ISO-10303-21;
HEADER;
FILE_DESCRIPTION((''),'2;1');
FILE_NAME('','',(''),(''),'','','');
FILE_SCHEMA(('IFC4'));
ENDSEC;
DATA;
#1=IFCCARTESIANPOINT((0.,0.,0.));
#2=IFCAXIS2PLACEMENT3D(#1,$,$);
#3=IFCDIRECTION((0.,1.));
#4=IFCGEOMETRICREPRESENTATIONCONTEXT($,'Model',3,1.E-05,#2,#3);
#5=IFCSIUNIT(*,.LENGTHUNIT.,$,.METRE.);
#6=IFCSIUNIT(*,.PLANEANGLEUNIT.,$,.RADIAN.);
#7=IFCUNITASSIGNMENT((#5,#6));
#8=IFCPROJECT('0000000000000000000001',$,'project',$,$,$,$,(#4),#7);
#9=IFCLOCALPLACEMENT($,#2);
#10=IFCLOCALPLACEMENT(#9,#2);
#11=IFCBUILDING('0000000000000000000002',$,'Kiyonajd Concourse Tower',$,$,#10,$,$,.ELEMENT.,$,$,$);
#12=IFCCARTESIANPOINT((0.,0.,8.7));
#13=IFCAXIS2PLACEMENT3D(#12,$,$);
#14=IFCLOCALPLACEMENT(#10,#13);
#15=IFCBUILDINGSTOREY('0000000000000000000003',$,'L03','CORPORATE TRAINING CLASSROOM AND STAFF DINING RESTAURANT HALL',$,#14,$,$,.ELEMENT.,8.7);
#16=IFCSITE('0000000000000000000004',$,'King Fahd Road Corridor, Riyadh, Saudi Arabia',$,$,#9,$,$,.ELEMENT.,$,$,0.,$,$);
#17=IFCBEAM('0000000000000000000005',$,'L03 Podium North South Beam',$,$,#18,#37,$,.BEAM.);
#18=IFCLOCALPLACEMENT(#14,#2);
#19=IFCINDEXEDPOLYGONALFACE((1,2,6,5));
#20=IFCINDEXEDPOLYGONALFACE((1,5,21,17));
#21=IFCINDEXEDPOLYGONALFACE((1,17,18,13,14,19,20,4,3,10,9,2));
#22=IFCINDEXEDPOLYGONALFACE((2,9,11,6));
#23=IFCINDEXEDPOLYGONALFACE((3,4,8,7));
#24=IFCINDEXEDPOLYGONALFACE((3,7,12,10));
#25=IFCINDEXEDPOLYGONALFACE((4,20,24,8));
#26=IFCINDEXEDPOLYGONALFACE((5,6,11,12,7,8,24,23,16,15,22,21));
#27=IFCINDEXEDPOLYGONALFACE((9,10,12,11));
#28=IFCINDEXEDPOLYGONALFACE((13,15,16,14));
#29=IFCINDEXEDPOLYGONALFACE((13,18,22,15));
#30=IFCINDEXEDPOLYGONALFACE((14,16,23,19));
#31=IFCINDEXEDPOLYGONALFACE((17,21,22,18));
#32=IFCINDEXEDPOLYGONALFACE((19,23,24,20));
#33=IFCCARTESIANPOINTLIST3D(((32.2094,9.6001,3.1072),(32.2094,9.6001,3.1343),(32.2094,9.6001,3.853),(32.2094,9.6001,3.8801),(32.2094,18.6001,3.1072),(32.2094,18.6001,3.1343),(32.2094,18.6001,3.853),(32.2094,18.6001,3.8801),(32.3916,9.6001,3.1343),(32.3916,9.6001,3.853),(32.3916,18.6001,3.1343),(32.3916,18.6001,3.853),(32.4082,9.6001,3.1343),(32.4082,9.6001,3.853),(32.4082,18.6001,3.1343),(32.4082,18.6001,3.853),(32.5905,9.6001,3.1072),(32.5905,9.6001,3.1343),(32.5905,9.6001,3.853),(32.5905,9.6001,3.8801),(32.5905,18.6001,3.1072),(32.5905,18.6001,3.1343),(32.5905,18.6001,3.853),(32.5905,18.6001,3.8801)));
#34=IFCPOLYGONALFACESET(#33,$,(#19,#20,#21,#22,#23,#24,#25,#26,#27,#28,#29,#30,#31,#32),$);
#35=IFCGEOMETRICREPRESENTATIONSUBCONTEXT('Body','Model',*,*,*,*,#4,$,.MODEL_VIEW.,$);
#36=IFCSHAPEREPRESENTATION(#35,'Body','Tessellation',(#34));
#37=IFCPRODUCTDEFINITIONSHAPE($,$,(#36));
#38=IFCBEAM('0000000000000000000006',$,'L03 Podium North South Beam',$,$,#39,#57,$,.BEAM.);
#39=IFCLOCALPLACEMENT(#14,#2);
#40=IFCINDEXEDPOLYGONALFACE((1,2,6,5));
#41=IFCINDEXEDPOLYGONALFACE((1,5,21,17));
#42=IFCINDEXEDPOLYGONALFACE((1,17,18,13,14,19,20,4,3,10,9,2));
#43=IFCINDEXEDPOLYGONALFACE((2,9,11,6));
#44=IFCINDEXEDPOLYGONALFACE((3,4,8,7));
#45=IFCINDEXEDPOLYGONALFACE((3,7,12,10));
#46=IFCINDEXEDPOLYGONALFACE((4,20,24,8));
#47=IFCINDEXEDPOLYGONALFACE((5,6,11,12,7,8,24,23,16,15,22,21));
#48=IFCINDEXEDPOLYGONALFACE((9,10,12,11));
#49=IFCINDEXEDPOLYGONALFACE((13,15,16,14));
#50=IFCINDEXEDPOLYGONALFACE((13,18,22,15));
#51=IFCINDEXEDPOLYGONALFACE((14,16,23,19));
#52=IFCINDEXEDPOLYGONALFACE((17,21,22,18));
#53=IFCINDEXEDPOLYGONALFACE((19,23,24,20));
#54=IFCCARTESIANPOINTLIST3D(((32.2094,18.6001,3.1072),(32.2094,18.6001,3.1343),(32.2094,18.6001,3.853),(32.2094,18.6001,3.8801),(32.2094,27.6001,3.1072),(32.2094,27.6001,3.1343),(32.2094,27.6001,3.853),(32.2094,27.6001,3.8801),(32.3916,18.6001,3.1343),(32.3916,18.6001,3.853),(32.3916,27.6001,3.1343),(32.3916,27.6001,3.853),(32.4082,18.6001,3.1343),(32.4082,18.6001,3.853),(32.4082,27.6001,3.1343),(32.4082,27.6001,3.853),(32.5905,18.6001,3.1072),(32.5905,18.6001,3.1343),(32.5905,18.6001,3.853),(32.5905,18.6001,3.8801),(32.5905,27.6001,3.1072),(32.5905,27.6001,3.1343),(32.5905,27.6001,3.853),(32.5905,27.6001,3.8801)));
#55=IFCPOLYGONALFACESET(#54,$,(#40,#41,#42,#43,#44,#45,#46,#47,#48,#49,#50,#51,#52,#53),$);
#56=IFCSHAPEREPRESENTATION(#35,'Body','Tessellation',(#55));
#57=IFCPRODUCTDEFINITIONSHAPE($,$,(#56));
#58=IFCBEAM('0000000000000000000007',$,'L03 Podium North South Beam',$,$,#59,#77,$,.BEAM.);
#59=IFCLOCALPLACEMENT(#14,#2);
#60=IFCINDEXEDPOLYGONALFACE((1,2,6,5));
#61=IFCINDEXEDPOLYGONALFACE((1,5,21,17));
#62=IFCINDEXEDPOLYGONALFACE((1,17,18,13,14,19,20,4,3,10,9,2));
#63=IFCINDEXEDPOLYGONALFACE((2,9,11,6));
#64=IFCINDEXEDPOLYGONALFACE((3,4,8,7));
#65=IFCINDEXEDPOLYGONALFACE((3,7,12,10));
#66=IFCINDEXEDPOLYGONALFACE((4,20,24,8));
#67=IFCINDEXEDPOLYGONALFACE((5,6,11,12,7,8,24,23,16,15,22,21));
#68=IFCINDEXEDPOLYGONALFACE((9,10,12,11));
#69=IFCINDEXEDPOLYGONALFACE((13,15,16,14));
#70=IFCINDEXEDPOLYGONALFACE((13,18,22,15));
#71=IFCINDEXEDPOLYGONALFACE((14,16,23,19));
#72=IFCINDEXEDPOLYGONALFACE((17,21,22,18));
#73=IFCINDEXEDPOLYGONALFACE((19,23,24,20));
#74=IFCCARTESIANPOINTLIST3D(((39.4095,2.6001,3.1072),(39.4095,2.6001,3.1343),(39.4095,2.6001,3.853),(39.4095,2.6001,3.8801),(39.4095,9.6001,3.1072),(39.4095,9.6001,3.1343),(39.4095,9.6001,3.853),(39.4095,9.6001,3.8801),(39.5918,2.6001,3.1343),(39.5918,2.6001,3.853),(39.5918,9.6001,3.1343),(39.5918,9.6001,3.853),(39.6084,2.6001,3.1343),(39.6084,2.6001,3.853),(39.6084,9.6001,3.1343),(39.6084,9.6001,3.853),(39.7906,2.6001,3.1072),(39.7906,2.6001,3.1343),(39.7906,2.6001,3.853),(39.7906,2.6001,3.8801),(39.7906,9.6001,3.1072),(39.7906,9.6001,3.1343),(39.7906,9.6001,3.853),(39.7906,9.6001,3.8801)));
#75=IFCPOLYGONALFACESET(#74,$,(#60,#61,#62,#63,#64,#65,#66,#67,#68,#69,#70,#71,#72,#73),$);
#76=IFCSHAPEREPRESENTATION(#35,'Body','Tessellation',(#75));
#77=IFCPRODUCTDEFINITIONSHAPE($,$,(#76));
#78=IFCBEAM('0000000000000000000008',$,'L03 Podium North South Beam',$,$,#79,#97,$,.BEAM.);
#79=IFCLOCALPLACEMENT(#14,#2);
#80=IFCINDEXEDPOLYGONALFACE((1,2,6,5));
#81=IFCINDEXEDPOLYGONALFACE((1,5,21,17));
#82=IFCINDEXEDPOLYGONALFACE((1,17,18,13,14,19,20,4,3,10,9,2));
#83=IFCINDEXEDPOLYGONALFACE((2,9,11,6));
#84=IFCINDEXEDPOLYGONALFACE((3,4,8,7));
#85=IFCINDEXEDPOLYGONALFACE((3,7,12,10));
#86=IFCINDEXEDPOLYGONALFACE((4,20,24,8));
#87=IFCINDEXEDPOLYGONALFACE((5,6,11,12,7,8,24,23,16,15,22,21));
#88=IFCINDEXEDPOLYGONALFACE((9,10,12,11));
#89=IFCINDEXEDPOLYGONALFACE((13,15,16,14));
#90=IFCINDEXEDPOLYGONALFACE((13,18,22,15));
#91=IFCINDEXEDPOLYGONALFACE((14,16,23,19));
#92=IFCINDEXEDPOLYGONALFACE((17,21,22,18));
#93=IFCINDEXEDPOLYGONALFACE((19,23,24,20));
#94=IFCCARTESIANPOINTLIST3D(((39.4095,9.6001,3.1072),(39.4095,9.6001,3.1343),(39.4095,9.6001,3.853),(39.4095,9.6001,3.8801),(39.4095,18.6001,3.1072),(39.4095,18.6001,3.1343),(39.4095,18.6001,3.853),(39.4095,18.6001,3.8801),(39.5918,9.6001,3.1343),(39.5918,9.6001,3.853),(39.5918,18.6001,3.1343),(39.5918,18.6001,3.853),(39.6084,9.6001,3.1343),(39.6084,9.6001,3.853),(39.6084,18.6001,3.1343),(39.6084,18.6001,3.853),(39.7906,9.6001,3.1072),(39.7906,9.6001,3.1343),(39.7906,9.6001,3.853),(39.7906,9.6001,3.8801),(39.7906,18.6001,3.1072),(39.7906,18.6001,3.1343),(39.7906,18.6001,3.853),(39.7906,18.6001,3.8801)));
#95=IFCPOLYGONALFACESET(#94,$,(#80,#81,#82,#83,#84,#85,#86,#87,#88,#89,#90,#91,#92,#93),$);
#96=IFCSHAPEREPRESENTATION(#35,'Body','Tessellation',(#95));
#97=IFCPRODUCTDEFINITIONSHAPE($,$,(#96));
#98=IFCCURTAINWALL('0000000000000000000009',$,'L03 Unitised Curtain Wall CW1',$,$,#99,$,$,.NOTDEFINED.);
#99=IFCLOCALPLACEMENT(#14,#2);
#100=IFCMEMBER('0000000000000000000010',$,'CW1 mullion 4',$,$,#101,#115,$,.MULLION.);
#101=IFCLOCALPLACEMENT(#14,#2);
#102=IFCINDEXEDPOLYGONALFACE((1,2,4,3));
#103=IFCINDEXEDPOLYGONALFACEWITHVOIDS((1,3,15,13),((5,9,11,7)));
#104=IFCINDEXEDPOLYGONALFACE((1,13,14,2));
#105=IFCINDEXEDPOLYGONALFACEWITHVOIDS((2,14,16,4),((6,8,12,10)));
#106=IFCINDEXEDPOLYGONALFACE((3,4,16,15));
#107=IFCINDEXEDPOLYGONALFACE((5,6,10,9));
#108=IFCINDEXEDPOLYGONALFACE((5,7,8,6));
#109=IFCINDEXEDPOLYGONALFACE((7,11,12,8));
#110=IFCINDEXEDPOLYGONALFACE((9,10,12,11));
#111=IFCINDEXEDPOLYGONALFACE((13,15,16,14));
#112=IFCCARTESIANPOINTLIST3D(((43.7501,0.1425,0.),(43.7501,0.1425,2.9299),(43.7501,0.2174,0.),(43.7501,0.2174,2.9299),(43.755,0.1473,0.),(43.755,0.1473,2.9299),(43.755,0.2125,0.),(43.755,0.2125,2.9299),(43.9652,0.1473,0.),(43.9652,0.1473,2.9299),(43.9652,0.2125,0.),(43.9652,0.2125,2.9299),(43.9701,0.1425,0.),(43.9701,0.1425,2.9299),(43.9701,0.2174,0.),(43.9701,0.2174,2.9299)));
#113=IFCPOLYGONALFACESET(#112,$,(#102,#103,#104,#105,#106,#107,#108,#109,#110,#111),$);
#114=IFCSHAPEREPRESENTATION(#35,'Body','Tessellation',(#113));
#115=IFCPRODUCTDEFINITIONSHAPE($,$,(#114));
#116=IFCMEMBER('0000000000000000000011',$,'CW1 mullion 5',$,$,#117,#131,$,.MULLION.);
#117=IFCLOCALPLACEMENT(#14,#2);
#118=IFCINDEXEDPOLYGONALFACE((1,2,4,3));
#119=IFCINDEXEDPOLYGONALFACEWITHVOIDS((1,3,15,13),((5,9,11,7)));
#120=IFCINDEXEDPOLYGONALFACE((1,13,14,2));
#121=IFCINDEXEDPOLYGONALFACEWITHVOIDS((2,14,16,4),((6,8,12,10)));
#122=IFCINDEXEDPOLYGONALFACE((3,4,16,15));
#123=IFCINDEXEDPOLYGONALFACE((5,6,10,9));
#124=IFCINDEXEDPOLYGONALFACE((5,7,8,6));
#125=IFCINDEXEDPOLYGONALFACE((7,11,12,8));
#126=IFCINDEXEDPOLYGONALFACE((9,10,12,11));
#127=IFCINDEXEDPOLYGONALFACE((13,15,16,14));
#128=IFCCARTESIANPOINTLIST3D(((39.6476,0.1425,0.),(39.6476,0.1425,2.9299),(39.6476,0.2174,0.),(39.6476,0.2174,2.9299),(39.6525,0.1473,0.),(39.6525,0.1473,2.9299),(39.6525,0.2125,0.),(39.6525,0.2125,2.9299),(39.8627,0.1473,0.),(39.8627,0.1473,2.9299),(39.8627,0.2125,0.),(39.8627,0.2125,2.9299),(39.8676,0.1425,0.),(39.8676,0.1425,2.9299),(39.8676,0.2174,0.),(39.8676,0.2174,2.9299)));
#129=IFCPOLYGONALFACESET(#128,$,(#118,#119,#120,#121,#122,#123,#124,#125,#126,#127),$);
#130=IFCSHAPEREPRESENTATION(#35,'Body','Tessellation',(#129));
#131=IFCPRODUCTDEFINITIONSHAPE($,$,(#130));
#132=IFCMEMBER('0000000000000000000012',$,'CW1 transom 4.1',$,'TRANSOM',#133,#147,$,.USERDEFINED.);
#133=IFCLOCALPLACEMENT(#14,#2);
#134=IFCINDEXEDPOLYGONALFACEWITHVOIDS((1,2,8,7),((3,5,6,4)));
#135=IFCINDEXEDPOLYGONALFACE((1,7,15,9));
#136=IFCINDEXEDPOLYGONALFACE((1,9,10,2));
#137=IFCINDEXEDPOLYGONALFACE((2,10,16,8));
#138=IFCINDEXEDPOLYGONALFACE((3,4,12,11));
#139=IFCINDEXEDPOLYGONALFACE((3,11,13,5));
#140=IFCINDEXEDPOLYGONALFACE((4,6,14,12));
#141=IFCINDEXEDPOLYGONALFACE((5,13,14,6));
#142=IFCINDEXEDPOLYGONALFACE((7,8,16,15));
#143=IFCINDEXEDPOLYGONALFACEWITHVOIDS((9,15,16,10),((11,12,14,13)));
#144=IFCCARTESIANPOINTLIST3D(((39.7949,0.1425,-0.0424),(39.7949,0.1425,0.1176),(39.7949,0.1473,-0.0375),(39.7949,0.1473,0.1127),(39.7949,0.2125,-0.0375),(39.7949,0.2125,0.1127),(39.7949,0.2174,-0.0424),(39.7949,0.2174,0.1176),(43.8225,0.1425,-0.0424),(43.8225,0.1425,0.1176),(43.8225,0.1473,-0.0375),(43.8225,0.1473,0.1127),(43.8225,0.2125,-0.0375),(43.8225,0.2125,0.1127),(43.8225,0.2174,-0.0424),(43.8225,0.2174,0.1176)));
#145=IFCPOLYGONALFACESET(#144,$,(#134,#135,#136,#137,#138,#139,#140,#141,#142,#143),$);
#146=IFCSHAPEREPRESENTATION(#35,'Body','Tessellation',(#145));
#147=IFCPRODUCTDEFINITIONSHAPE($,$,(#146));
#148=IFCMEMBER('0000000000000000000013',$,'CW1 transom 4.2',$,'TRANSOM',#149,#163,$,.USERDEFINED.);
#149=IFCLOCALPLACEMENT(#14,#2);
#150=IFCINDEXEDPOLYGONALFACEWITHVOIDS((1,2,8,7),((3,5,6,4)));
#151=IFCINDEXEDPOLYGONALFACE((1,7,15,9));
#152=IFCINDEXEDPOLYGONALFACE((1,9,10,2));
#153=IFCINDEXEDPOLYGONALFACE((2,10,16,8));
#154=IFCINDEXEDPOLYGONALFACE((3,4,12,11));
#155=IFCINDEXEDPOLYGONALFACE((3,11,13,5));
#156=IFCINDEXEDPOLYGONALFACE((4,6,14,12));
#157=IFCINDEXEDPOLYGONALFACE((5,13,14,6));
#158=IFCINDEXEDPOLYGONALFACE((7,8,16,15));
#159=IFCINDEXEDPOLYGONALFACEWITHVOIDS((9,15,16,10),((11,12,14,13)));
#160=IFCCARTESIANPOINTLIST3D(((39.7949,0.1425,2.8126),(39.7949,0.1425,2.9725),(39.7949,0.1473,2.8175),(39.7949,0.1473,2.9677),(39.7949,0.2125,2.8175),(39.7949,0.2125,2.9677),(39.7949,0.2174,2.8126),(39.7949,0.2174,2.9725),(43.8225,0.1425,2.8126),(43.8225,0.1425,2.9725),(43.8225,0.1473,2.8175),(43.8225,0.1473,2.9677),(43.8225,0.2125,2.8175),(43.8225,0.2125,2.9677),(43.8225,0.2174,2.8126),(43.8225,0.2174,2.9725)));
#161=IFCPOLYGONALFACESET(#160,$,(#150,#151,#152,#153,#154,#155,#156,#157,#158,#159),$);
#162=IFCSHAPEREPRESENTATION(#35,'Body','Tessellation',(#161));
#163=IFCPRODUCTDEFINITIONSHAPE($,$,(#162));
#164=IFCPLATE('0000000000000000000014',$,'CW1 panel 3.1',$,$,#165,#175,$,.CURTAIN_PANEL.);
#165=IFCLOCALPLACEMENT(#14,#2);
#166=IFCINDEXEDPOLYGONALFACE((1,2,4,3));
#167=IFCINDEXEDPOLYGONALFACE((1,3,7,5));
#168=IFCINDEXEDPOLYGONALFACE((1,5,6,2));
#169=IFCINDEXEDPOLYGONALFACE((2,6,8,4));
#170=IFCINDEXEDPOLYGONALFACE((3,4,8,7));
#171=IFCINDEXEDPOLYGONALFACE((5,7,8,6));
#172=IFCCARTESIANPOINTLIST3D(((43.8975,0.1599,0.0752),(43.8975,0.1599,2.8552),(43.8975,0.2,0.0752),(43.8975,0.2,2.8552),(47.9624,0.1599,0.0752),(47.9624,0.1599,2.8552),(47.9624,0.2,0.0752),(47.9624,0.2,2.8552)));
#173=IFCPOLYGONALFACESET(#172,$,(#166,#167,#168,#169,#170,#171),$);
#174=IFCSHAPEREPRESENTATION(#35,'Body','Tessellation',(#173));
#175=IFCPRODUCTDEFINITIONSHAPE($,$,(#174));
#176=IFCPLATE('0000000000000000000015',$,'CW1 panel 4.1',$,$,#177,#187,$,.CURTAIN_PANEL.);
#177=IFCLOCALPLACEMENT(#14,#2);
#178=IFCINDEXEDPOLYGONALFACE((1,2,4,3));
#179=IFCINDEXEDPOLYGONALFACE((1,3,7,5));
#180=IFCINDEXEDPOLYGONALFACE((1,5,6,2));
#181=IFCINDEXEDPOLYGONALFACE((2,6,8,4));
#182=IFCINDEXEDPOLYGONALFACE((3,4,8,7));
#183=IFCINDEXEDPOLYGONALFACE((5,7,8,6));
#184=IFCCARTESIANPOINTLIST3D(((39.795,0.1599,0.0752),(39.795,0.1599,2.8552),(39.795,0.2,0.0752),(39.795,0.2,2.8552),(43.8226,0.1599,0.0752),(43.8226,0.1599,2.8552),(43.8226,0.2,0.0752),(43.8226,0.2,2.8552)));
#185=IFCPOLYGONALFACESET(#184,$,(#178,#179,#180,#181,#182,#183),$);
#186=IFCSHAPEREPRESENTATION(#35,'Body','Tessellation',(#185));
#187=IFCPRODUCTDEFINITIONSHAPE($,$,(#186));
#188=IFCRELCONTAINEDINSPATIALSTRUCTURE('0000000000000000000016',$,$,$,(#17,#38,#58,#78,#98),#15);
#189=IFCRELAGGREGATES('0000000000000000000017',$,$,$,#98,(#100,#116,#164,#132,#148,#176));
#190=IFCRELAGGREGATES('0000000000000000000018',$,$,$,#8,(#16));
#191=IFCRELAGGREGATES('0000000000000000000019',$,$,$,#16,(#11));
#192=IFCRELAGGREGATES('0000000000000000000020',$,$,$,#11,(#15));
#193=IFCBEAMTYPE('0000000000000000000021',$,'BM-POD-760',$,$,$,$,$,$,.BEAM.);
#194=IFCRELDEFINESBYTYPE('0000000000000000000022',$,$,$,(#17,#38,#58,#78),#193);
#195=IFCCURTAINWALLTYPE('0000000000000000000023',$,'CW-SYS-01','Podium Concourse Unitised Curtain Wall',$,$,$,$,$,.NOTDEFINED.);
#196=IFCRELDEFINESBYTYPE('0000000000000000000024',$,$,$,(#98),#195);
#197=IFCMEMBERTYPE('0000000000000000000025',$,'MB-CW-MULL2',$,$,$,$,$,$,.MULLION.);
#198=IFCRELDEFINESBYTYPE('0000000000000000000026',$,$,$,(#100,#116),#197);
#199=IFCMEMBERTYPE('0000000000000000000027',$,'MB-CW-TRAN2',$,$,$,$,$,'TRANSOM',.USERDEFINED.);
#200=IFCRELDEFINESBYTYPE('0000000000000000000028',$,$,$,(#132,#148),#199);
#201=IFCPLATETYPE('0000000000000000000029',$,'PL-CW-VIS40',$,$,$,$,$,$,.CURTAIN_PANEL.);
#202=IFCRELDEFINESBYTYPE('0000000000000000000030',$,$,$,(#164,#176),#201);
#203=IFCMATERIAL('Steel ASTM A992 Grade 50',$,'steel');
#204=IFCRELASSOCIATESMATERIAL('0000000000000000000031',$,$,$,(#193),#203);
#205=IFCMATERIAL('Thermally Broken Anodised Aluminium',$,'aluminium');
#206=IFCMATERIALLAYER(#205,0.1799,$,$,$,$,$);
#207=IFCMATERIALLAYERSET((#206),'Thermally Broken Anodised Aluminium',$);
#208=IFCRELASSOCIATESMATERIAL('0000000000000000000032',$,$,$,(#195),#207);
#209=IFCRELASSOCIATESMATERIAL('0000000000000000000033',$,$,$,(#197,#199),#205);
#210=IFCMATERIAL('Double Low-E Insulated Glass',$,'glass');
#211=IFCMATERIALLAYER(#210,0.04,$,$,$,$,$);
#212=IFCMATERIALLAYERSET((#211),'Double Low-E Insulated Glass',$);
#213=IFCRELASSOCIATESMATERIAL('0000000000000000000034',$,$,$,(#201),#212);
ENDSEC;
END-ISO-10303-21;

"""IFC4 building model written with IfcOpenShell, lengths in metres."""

from ifc_helpers import new_model, si_unit, direction, frame, origin, origin_2d, place, context, subcontext, project, spatial, rectangle, hollow_rectangle, i_section, extrude, material, layer, layer_set, material_profile, profile_set, type_object, element, aggregate, save


model = new_model("IFC4")

# Units and contexts
model_context = context("Model", 3, precision=1e-05, world=origin(), true_north=direction((0.0, 1.0)))
body_context = subcontext(model_context, "Body", "Model", "MODEL_VIEW")
ifc_project = project(units=[si_unit("LENGTHUNIT", "METRE"), si_unit("PLANEANGLEUNIT", "RADIAN")], contexts=[model_context])

# Site, building, storey
site_placement = place(None, origin())
site = spatial("IfcSite", under=ifc_project, at=site_placement, Name="King Fahd Road Corridor, Riyadh, Saudi Arabia", CompositionType="ELEMENT", RefElevation=0.0)
building_placement = place(site_placement, origin())
building = spatial("IfcBuilding", under=site, at=building_placement, Name="Kiyonajd Concourse Tower", CompositionType="ELEMENT")
storey_placement = place(building_placement, frame((0.0, 0.0, 8.7)))
storey = spatial("IfcBuildingStorey", under=building, at=storey_placement, Name="L03", Description="CORPORATE TRAINING CLASSROOM AND STAFF DINING RESTAURANT HALL", CompositionType="ELEMENT", Elevation=8.7)

# Beams
ifc_material_1 = material(Name="Steel ASTM A992 Grade 50", Category="steel")
ifc_material_profile_1 = material_profile(ifc_material_1, i_section(OverallWidth=0.3811, OverallDepth=0.7729, WebThickness=0.0166, FlangeThickness=0.0271, at=origin_2d()), Name="W760X257")
ifc_profile_set_1 = profile_set([ifc_material_profile_1], Name="Steel ASTM A992 Grade 50")
beam_type_1 = type_object("IfcBeamType", Name="BM-POD-760", PredefinedType="BEAM", material=ifc_profile_set_1)
for number, where, z_axis, x_axis, name in (
    (1, (32.3999, 9.6001, 3.4937), (0.0, 1.0, 0.0), (-1.0, 0.0, 0.0), "L03 Podium North South Beam"),
    (2, (32.3999, 18.6001, 3.4937), (0.0, 1.0, 0.0), (-1.0, 0.0, 0.0), "L03 Podium North South Beam"),
):
    element("IfcBeam", number, at=place(storey_placement, frame(where, z_axis=z_axis, x_axis=x_axis)), inside=storey, type_object=beam_type_1, Name=name, PredefinedType="BEAM", context=body_context, shape_type="SweptSolid", body=[
        extrude(i_section(OverallWidth=0.3811, OverallDepth=0.7729, WebThickness=0.0166, FlangeThickness=0.0271, at=origin_2d()), origin(), (0.0, 0.0, 1.0), 9.0),
    ])
beam_1_placement = place(storey_placement, frame((39.6001, 2.6001, 3.4937), z_axis=(0.0, 1.0, 0.0), x_axis=(-1.0, 0.0, 0.0)))
element("IfcBeam", 3, at=beam_1_placement, inside=storey, type_object=beam_type_1, Name="L03 Podium North South Beam", PredefinedType="BEAM", context=body_context, shape_type="SweptSolid", body=[
    extrude(i_section(OverallWidth=0.3811, OverallDepth=0.7729, WebThickness=0.0166, FlangeThickness=0.0271, at=origin_2d()), origin(), (0.0, 0.0, 1.0), 7.0),
])
beam_2_placement = place(storey_placement, frame((39.6001, 9.6001, 3.4937), z_axis=(0.0, 1.0, 0.0), x_axis=(-1.0, 0.0, 0.0)))
element("IfcBeam", 4, at=beam_2_placement, inside=storey, type_object=beam_type_1, Name="L03 Podium North South Beam", PredefinedType="BEAM", context=body_context, shape_type="SweptSolid", body=[
    extrude(i_section(OverallWidth=0.3811, OverallDepth=0.7729, WebThickness=0.0166, FlangeThickness=0.0271, at=origin_2d()), origin(), (0.0, 0.0, 1.0), 9.0),
])

# Curtain wall, members, plates
ifc_material_2 = material(Name="Thermally Broken Anodised Aluminium", Category="aluminium")
ifc_layer_1 = layer(ifc_material_2, 0.1799)
ifc_layer_set_1 = layer_set([ifc_layer_1], Name="Thermally Broken Anodised Aluminium")
curtain_wall_type = type_object("IfcCurtainWallType", Name="CW-SYS-01", Description="Podium Concourse Unitised Curtain Wall", PredefinedType="NOTDEFINED", material=ifc_layer_set_1)
curtain_wall_placement = place(storey_placement, origin())
curtain_wall = element("IfcCurtainWall", 5, at=curtain_wall_placement, inside=storey, type_object=curtain_wall_type, Name="L03 Unitised Curtain Wall CW1", PredefinedType="NOTDEFINED")
ifc_material_profile_2 = material_profile(ifc_material_2, hollow_rectangle(XDim=0.075, YDim=0.22, WallThickness=0.0049, at=origin_2d()), Name="MULL-75x220")
ifc_profile_set_2 = profile_set([ifc_material_profile_2], Name="Thermally Broken Anodised Aluminium")
member_type_1 = type_object("IfcMemberType", Name="MB-CW-MULL2", PredefinedType="MULLION", material=ifc_profile_set_2)
member_1_placement = place(storey_placement, frame((43.8601, 0.1799, 0.0), z_axis=(0.0, 0.0, 1.0), x_axis=(0.0, -1.0, 0.0)))
member_1 = element("IfcMember", 6, at=member_1_placement, type_object=member_type_1, Name="CW1 mullion 4", PredefinedType="MULLION", context=body_context, shape_type="SweptSolid", body=[
    extrude(hollow_rectangle(XDim=0.075, YDim=0.22, WallThickness=0.0049, at=origin_2d()), origin(), (0.0, 0.0, 1.0), 2.9299),
])
member_2_placement = place(storey_placement, frame((39.7576, 0.1799, 0.0), z_axis=(0.0, 0.0, 1.0), x_axis=(0.0, -1.0, 0.0)))
member_2 = element("IfcMember", 7, at=member_2_placement, type_object=member_type_1, Name="CW1 mullion 5", PredefinedType="MULLION", context=body_context, shape_type="SweptSolid", body=[
    extrude(hollow_rectangle(XDim=0.075, YDim=0.22, WallThickness=0.0049, at=origin_2d()), origin(), (0.0, 0.0, 1.0), 2.9299),
])
ifc_material_profile_3 = material_profile(ifc_material_2, hollow_rectangle(XDim=0.075, YDim=0.1599, WallThickness=0.0049, at=origin_2d()), Name="TRAN-75x160")
ifc_profile_set_3 = profile_set([ifc_material_profile_3], Name="Thermally Broken Anodised Aluminium")
member_type_2 = type_object("IfcMemberType", Name="MB-CW-TRAN2", ElementType="TRANSOM", PredefinedType="USERDEFINED", material=ifc_profile_set_3)
member_3_placement = place(storey_placement, frame((43.8225, 0.1799, 0.0376), z_axis=(-1.0, 0.0, 0.0), x_axis=(0.0, -1.0, 0.0)))
member_3 = element("IfcMember", 8, at=member_3_placement, type_object=member_type_2, Name="CW1 transom 4.1", ObjectType="TRANSOM", PredefinedType="USERDEFINED", context=body_context, shape_type="SweptSolid", body=[
    extrude(hollow_rectangle(XDim=0.075, YDim=0.1599, WallThickness=0.0049, at=origin_2d()), origin(), (0.0, 0.0, 1.0), 4.0276),
])
member_4_placement = place(storey_placement, frame((43.8225, 0.1799, 2.8926), z_axis=(-1.0, 0.0, 0.0), x_axis=(0.0, -1.0, 0.0)))
member_4 = element("IfcMember", 9, at=member_4_placement, type_object=member_type_2, Name="CW1 transom 4.2", ObjectType="TRANSOM", PredefinedType="USERDEFINED", context=body_context, shape_type="SweptSolid", body=[
    extrude(hollow_rectangle(XDim=0.075, YDim=0.1599, WallThickness=0.0049, at=origin_2d()), origin(), (0.0, 0.0, 1.0), 4.0276),
])
ifc_material_3 = material(Name="Double Low-E Insulated Glass", Category="glass")
ifc_layer_2 = layer(ifc_material_3, 0.04)
ifc_layer_set_2 = layer_set([ifc_layer_2], Name="Double Low-E Insulated Glass")
plate_type = type_object("IfcPlateType", Name="PL-CW-VIS40", PredefinedType="CURTAIN_PANEL", material=ifc_layer_set_2)
plate_1_placement = place(storey_placement, frame((45.9299, 0.1799, 0.0752), z_axis=(0.0, 0.0, 1.0), x_axis=(-1.0, 0.0, 0.0)))
plate_1 = element("IfcPlate", 10, at=plate_1_placement, type_object=plate_type, Name="CW1 panel 3.1", PredefinedType="CURTAIN_PANEL", context=body_context, shape_type="SweptSolid", body=[
    extrude(rectangle(XDim=4.0649, YDim=0.04, at=origin_2d()), origin(), (0.0, 0.0, 1.0), 2.78),
])
plate_2_placement = place(storey_placement, frame((41.8088, 0.1799, 0.0752), z_axis=(0.0, 0.0, 1.0), x_axis=(-1.0, 0.0, 0.0)))
plate_2 = element("IfcPlate", 11, at=plate_2_placement, type_object=plate_type, Name="CW1 panel 4.1", PredefinedType="CURTAIN_PANEL", context=body_context, shape_type="SweptSolid", body=[
    extrude(rectangle(XDim=4.0276, YDim=0.04, at=origin_2d()), origin(), (0.0, 0.0, 1.0), 2.78),
])
aggregate(curtain_wall, [member_1, member_2, plate_1, member_3, member_4, plate_2])

save(model, "model.ifc")
